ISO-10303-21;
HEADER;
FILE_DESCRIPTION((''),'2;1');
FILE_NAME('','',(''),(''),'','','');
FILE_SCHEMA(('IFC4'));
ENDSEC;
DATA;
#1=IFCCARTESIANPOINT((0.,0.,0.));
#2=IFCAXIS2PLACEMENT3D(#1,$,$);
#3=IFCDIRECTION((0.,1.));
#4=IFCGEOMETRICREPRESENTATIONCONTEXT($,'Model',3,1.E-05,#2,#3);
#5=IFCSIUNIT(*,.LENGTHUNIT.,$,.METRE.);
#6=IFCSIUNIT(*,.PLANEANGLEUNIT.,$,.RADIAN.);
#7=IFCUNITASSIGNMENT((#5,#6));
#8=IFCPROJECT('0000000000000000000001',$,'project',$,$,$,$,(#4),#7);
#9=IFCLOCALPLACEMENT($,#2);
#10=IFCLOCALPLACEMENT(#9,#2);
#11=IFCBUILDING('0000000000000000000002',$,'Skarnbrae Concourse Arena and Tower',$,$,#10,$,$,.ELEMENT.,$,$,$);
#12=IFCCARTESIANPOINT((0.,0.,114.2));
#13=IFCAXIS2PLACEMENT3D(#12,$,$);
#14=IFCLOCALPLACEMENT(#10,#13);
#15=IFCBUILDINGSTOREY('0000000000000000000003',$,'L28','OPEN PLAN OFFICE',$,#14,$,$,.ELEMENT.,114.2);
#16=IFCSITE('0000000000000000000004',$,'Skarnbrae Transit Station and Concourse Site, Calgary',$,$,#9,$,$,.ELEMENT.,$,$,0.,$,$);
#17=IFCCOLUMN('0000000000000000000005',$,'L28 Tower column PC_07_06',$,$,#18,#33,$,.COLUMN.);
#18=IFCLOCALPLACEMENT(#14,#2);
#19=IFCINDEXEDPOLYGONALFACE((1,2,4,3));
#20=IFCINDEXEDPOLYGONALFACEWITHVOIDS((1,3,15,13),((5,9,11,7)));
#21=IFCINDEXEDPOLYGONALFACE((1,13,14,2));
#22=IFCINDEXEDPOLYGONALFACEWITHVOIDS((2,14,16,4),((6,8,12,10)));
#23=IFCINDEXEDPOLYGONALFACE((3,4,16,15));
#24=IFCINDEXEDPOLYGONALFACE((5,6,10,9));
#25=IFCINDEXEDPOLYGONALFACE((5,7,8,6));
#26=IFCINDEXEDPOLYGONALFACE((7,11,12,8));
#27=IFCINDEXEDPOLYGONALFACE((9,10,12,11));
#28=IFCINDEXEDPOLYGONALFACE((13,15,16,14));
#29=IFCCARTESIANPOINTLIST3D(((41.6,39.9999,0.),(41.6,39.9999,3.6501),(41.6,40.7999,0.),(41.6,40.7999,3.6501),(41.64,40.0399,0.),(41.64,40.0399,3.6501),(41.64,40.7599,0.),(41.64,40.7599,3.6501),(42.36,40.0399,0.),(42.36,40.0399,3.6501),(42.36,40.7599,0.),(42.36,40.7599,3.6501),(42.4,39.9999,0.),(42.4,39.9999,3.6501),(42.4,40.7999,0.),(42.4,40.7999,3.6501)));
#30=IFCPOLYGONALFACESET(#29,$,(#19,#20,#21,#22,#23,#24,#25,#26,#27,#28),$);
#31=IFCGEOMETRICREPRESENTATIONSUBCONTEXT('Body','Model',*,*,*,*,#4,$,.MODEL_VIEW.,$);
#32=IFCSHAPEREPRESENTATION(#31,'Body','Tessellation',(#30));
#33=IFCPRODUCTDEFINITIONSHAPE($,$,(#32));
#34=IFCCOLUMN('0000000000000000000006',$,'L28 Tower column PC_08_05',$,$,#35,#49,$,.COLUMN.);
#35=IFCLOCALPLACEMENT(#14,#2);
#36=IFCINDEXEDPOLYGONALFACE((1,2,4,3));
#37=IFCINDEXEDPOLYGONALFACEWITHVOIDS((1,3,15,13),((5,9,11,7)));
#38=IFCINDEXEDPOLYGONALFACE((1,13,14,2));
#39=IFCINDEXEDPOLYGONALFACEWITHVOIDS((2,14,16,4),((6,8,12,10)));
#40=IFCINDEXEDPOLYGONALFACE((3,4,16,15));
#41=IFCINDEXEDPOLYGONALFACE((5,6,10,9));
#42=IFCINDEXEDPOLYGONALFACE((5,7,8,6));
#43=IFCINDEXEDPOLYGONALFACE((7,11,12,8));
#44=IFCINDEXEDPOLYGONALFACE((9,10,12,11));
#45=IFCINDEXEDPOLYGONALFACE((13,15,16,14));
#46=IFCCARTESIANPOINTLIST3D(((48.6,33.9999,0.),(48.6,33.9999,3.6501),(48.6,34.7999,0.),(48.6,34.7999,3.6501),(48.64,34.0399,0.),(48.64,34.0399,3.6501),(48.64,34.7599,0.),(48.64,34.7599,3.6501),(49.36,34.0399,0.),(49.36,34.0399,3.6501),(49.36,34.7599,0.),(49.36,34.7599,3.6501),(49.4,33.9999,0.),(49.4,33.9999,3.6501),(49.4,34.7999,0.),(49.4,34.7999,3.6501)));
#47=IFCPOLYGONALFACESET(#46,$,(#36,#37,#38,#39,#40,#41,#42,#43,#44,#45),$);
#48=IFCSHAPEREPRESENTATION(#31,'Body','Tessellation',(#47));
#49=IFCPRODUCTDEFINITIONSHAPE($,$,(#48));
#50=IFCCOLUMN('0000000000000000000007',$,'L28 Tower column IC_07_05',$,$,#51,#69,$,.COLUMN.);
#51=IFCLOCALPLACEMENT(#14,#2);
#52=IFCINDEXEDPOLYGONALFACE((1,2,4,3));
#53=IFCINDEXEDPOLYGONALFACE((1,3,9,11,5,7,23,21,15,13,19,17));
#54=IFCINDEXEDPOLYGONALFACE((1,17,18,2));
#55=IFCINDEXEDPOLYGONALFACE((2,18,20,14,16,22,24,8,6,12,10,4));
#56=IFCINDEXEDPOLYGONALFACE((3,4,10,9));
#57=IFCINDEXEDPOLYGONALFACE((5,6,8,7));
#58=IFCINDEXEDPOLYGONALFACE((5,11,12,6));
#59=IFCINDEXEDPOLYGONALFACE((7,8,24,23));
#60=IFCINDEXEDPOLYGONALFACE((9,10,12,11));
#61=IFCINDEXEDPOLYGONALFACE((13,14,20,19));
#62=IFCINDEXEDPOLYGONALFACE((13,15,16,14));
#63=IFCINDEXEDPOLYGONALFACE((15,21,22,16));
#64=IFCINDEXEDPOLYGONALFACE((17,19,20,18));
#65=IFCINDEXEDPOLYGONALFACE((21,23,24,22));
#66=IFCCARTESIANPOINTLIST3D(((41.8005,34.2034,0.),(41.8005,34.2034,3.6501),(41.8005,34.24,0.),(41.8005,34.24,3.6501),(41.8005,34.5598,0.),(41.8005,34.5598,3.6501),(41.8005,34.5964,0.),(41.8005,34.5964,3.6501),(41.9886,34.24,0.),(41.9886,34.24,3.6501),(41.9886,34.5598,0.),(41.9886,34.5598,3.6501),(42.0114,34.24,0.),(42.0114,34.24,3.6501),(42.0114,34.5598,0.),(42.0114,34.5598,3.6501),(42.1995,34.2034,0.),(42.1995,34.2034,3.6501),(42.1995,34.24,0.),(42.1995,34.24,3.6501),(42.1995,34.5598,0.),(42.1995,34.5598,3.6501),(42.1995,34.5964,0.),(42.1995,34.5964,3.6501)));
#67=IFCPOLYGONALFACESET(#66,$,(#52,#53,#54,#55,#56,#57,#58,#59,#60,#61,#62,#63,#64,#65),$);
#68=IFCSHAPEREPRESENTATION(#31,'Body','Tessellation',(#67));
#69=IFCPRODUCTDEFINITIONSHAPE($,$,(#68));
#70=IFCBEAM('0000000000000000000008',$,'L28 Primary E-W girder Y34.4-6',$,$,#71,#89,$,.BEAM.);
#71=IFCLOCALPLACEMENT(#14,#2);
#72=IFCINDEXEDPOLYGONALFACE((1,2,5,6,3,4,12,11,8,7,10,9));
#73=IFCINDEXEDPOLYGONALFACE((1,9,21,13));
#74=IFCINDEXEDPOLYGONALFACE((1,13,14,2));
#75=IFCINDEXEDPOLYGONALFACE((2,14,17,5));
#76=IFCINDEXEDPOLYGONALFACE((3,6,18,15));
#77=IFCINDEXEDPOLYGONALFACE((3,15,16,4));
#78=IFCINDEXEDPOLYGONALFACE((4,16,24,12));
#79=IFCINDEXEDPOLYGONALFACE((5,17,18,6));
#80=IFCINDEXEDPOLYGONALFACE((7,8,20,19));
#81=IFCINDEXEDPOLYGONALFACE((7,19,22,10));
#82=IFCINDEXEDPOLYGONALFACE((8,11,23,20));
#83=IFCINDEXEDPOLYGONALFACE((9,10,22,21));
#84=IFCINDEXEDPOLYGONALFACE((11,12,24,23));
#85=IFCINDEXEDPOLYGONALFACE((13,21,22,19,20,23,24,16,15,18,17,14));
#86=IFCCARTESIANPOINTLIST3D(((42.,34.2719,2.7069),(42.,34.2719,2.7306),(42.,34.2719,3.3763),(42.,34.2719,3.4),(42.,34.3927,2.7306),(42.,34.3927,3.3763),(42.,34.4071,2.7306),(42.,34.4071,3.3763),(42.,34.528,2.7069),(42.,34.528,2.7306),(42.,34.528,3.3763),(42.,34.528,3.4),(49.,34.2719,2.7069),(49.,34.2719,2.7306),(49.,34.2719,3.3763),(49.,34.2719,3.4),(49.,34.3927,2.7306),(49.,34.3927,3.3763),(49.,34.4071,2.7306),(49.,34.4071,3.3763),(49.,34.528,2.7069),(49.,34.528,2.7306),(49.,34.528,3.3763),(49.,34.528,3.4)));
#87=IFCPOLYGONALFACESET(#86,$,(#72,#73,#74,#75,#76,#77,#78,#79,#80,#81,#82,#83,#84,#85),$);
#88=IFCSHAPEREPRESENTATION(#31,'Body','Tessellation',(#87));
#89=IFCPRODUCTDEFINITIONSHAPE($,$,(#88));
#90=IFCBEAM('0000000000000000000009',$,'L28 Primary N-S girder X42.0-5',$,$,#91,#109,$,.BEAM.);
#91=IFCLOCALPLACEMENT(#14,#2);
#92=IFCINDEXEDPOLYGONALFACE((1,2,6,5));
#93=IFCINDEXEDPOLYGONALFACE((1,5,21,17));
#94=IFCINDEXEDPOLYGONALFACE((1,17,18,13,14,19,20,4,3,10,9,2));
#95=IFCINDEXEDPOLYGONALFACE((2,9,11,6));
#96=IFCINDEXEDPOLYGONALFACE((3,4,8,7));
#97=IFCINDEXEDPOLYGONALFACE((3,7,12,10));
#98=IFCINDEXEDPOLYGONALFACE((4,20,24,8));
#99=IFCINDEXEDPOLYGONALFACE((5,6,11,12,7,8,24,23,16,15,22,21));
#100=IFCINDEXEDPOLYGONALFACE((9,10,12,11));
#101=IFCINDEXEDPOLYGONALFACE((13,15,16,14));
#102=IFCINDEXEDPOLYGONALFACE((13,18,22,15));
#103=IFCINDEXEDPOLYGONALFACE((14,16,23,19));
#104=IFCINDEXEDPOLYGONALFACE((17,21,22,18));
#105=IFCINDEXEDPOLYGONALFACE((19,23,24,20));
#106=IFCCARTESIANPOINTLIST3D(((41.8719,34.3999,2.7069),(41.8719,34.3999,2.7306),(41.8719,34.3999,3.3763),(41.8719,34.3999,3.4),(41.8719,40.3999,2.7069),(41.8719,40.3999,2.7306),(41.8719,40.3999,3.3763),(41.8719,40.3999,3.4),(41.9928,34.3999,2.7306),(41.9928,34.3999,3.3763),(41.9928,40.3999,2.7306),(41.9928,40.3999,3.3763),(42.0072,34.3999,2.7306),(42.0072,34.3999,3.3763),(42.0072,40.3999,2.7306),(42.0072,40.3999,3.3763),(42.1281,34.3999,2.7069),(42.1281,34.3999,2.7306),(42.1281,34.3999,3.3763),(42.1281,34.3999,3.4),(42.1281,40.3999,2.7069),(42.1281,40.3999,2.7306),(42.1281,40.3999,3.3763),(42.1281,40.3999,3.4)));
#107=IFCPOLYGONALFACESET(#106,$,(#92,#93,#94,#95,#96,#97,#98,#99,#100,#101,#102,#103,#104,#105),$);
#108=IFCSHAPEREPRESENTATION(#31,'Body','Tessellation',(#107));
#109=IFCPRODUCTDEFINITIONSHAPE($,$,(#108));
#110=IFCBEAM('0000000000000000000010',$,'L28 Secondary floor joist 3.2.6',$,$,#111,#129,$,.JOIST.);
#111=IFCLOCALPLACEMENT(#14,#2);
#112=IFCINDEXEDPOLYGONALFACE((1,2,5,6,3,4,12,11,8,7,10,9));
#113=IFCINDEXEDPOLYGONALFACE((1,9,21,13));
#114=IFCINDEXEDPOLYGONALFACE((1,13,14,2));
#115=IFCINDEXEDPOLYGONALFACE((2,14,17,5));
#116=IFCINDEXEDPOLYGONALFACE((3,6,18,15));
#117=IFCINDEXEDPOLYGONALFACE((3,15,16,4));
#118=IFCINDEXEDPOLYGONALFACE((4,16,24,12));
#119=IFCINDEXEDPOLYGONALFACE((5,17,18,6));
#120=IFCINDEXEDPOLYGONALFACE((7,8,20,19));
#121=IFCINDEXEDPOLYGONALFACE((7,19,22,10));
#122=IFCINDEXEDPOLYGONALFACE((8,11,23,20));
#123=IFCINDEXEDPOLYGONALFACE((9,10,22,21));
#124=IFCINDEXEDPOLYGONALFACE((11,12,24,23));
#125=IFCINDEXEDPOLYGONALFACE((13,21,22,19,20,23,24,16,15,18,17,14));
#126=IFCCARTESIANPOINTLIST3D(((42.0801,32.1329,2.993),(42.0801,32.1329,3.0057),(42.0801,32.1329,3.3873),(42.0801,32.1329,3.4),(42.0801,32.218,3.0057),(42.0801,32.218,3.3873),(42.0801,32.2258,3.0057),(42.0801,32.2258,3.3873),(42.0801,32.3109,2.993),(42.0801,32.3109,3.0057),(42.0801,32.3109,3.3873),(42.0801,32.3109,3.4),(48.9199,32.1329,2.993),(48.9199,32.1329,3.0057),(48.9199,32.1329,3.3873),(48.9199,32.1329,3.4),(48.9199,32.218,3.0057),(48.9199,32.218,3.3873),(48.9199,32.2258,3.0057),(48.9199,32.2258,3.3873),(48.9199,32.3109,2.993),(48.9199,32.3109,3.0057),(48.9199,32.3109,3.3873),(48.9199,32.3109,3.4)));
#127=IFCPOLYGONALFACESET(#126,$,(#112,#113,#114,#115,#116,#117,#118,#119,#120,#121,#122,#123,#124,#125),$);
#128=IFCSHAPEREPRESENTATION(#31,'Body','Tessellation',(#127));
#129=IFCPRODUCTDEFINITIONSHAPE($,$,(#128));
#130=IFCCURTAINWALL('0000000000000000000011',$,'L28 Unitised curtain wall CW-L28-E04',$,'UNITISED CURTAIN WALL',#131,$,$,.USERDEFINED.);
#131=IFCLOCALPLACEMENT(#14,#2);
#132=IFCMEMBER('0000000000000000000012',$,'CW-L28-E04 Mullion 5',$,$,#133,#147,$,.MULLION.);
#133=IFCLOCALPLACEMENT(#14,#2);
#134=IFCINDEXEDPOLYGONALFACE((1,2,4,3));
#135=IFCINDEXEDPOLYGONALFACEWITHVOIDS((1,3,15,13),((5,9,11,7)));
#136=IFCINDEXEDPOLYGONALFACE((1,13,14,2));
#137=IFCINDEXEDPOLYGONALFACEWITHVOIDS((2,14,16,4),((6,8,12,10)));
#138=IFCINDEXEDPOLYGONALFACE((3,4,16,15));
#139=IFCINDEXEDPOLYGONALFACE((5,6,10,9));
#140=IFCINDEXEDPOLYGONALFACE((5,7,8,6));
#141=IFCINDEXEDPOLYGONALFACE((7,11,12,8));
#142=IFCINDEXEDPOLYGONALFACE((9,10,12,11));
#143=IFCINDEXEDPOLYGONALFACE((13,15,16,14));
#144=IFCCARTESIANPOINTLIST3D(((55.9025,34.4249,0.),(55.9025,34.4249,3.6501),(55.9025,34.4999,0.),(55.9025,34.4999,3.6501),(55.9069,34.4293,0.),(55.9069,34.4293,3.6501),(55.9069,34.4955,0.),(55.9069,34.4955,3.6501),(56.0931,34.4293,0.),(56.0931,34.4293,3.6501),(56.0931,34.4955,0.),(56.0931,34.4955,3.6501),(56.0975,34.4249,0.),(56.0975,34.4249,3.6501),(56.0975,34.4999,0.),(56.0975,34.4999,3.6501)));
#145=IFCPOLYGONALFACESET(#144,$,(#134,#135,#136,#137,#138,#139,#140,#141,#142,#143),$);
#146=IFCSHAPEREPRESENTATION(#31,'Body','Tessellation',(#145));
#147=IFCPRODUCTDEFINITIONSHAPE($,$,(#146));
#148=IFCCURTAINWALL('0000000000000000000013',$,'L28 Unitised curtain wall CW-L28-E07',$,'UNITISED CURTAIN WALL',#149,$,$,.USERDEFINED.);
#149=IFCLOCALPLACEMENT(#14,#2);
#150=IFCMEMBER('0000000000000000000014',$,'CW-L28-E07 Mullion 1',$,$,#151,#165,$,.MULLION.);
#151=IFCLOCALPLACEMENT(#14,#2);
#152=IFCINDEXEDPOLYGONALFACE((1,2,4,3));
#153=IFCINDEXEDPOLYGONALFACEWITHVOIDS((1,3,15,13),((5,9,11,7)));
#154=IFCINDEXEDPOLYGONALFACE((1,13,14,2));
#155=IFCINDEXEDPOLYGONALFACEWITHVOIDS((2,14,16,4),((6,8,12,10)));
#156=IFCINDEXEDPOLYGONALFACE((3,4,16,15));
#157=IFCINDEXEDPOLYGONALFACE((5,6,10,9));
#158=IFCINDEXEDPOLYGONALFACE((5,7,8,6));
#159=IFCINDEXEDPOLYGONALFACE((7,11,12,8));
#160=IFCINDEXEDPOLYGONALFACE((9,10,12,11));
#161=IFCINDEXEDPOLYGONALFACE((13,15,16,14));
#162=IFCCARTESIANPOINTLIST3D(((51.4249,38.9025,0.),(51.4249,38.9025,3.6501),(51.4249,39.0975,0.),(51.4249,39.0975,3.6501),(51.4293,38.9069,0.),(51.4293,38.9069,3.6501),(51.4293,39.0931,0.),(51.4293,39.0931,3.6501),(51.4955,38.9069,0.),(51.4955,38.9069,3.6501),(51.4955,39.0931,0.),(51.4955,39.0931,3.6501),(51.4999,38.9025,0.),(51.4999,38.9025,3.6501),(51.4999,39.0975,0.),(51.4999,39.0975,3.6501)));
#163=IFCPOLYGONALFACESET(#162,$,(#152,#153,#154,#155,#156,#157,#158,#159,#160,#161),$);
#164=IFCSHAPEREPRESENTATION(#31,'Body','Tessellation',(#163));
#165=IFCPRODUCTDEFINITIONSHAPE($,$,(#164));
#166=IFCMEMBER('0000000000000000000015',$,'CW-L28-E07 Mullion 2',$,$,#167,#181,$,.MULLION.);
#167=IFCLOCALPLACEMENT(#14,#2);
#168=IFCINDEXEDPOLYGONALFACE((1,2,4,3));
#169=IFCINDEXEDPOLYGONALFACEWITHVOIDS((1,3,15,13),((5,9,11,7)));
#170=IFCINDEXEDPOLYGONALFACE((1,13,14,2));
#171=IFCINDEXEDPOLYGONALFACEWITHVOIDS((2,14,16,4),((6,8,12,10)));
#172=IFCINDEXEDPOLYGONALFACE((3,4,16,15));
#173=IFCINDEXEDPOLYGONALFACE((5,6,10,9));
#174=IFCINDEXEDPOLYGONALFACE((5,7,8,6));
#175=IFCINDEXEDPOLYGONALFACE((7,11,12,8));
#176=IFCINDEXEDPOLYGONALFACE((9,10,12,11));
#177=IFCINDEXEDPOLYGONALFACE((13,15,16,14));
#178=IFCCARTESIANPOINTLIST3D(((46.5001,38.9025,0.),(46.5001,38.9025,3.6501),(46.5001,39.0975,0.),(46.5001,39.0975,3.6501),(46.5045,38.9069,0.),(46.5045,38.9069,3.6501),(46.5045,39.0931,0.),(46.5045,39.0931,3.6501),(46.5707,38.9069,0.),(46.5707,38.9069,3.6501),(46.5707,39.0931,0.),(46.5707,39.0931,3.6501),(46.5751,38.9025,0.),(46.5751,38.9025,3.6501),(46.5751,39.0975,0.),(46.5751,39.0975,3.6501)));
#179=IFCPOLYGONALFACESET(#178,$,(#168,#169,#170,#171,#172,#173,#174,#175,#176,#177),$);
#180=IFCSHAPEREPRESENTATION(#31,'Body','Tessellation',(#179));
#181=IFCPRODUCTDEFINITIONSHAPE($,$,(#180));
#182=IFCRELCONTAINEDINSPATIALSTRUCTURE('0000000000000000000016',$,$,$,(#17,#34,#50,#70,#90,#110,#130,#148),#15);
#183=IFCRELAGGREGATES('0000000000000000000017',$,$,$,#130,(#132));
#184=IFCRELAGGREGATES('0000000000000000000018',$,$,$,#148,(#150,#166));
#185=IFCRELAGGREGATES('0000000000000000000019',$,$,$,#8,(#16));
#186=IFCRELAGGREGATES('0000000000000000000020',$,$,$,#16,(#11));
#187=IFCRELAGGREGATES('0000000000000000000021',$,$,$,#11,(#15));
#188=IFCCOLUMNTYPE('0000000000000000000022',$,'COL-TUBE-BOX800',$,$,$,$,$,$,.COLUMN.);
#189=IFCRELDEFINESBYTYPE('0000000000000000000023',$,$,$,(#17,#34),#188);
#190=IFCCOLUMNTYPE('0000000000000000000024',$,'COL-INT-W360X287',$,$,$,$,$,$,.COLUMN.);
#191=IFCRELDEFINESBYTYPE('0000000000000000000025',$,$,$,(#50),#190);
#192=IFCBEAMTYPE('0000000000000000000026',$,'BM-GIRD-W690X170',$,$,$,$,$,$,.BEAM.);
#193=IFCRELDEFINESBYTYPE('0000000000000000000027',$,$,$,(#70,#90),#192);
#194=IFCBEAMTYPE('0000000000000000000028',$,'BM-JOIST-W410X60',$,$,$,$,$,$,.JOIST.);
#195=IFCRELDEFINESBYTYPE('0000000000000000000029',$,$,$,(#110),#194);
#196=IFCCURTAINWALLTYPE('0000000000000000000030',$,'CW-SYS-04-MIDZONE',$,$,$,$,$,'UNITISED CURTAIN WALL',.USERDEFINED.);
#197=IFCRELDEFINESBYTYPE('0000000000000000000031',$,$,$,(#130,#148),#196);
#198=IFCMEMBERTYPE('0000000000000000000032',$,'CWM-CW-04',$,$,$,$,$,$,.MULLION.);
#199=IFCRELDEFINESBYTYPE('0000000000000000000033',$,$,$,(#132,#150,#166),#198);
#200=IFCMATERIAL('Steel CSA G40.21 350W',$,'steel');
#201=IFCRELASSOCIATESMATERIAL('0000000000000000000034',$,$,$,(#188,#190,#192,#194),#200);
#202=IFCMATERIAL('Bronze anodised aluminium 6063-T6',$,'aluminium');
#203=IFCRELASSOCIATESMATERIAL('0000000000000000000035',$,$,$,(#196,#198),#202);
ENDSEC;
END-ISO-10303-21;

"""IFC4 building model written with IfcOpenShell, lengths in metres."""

from ifc_helpers import new_model, si_unit, direction, frame, origin, origin_2d, place, context, subcontext, project, spatial, hollow_rectangle, i_section, extrude, source, transform, mapped, material, material_profile, profile_set, type_object, element, aggregate, save


model = new_model("IFC4")

# Units and contexts
model_context = context("Model", 3, precision=1e-05, world=origin(), true_north=direction((0.0, 1.0)))
body_context = subcontext(model_context, "Body", "Model", "MODEL_VIEW")
ifc_project = project(units=[si_unit("LENGTHUNIT", "METRE"), si_unit("PLANEANGLEUNIT", "RADIAN")], contexts=[model_context])

# Site, building, storey
site_placement = place(None, origin())
site = spatial("IfcSite", under=ifc_project, at=site_placement, Name="Skarnbrae Transit Station and Concourse Site, Calgary", CompositionType="ELEMENT", RefElevation=0.0)
building_placement = place(site_placement, origin())
building = spatial("IfcBuilding", under=site, at=building_placement, Name="Skarnbrae Concourse Arena and Tower", CompositionType="ELEMENT")
storey_placement = place(building_placement, frame((0.0, 0.0, 114.2)))
storey = spatial("IfcBuildingStorey", under=building, at=storey_placement, Name="L28", Description="OPEN PLAN OFFICE", CompositionType="ELEMENT", Elevation=114.2)

# Columns
ifc_material_1 = material(Name="Steel CSA G40.21 350W", Category="steel")
ifc_material_profile_1 = material_profile(ifc_material_1, hollow_rectangle(XDim=0.8, YDim=0.8, WallThickness=0.04, at=origin_2d()), Name="BOX800X800X40")
ifc_profile_set_1 = profile_set([ifc_material_profile_1], Name="Steel CSA G40.21 350W")
column_type_1 = type_object("IfcColumnType", Name="COL-TUBE-BOX800", PredefinedType="COLUMN", material=ifc_profile_set_1)
shared_shape_1 = source(origin(), body_context, "Body", "SweptSolid", [
    extrude(hollow_rectangle(XDim=0.8, YDim=0.8, WallThickness=0.04, at=origin_2d()), origin(), (0.0, 0.0, 1.0), 3.6501),
])
for number, where, z_axis, x_axis, name in (
    (1, (42.0, 40.3999, 0.0), (0.0, 0.0, 1.0), (1.0, 0.0, 0.0), "L28 Tower column PC_07_06"),
    (2, (49.0, 34.3999, 0.0), (0.0, 0.0, 1.0), (1.0, 0.0, 0.0), "L28 Tower column PC_08_05"),
):
    element("IfcColumn", number, at=place(storey_placement, frame(where, z_axis=z_axis, x_axis=x_axis)), inside=storey, type_object=column_type_1, Name=name, PredefinedType="COLUMN", context=body_context, shape_type="MappedRepresentation", body=[
        mapped(shared_shape_1, transform((0.0, 0.0, 0.0))),
    ])
ifc_material_profile_2 = material_profile(ifc_material_1, i_section(OverallWidth=0.3989, OverallDepth=0.3931, WebThickness=0.0227, FlangeThickness=0.0366, at=origin_2d()), Name="W360X287")
ifc_profile_set_2 = profile_set([ifc_material_profile_2], Name="Steel CSA G40.21 350W")
column_type_2 = type_object("IfcColumnType", Name="COL-INT-W360X287", PredefinedType="COLUMN", material=ifc_profile_set_2)
shared_shape_2 = source(origin(), body_context, "Body", "SweptSolid", [
    extrude(i_section(OverallWidth=0.3989, OverallDepth=0.3931, WebThickness=0.0227, FlangeThickness=0.0366, at=origin_2d()), origin(), (0.0, 0.0, 1.0), 3.6501),
])
column_placement = place(storey_placement, frame((42.0, 34.3999, 0.0), z_axis=(0.0, 0.0, 1.0), x_axis=(1.0, 0.0, 0.0)))
element("IfcColumn", 3, at=column_placement, inside=storey, type_object=column_type_2, Name="L28 Tower column IC_07_05", PredefinedType="COLUMN", context=body_context, shape_type="MappedRepresentation", body=[
    mapped(shared_shape_2, transform((0.0, 0.0, 0.0))),
])

# Beams
ifc_material_profile_3 = material_profile(ifc_material_1, i_section(OverallWidth=0.2561, OverallDepth=0.6931, WebThickness=0.0144, FlangeThickness=0.0237, at=origin_2d()), Name="W690X170")
ifc_profile_set_3 = profile_set([ifc_material_profile_3], Name="Steel CSA G40.21 350W")
beam_type_1 = type_object("IfcBeamType", Name="BM-GIRD-W690X170", PredefinedType="BEAM", material=ifc_profile_set_3)
shared_shape_3 = source(origin(), body_context, "Body", "SweptSolid", [
    extrude(i_section(OverallWidth=0.2561, OverallDepth=0.6931, WebThickness=0.0144, FlangeThickness=0.0237, at=origin_2d()), origin(), (0.0, 0.0, 1.0), 7.0),
])
beam_1_placement = place(storey_placement, frame((42.0, 34.3999, 3.0535), z_axis=(1.0, 0.0, 0.0), x_axis=(0.0, 1.0, 0.0)))
element("IfcBeam", 4, at=beam_1_placement, inside=storey, type_object=beam_type_1, Name="L28 Primary E-W girder Y34.4-6", PredefinedType="BEAM", context=body_context, shape_type="MappedRepresentation", body=[
    mapped(shared_shape_3, transform((0.0, 0.0, 0.0))),
])
shared_shape_4 = source(origin(), body_context, "Body", "SweptSolid", [
    extrude(i_section(OverallWidth=0.2561, OverallDepth=0.6931, WebThickness=0.0144, FlangeThickness=0.0237, at=origin_2d()), origin(), (0.0, 0.0, 1.0), 6.0),
])
beam_2_placement = place(storey_placement, frame((42.0, 34.3999, 3.0535), z_axis=(0.0, 1.0, 0.0), x_axis=(-1.0, 0.0, 0.0)))
element("IfcBeam", 5, at=beam_2_placement, inside=storey, type_object=beam_type_1, Name="L28 Primary N-S girder X42.0-5", PredefinedType="BEAM", context=body_context, shape_type="MappedRepresentation", body=[
    mapped(shared_shape_4, transform((0.0, 0.0, 0.0))),
])
ifc_material_profile_4 = material_profile(ifc_material_1, i_section(OverallWidth=0.178, OverallDepth=0.407, WebThickness=0.0078, FlangeThickness=0.0127, at=origin_2d()), Name="W410X60")
ifc_profile_set_4 = profile_set([ifc_material_profile_4], Name="Steel CSA G40.21 350W")
beam_type_2 = type_object("IfcBeamType", Name="BM-JOIST-W410X60", PredefinedType="JOIST", material=ifc_profile_set_4)
shared_shape_5 = source(origin(), body_context, "Body", "SweptSolid", [
    extrude(i_section(OverallWidth=0.178, OverallDepth=0.407, WebThickness=0.0078, FlangeThickness=0.0127, at=origin_2d()), origin(), (0.0, 0.0, 1.0), 6.8398),
])
beam_3_placement = place(storey_placement, frame((42.0801, 32.2219, 3.1965), z_axis=(1.0, 0.0, 0.0), x_axis=(0.0, 1.0, 0.0)))
element("IfcBeam", 6, at=beam_3_placement, inside=storey, type_object=beam_type_2, Name="L28 Secondary floor joist 3.2.6", PredefinedType="JOIST", context=body_context, shape_type="MappedRepresentation", body=[
    mapped(shared_shape_5, transform((0.0, 0.0, 0.0))),
])

# Curtain wall, member
ifc_material_2 = material(Name="Bronze anodised aluminium 6063-T6", Category="aluminium")
curtain_wall_type = type_object("IfcCurtainWallType", Name="CW-SYS-04-MIDZONE", ElementType="UNITISED CURTAIN WALL", PredefinedType="USERDEFINED", material=ifc_material_2)
curtain_wall_1_placement = place(storey_placement, origin())
curtain_wall_1 = element("IfcCurtainWall", 7, at=curtain_wall_1_placement, inside=storey, type_object=curtain_wall_type, Name="L28 Unitised curtain wall CW-L28-E04", ObjectType="UNITISED CURTAIN WALL", PredefinedType="USERDEFINED")
ifc_material_profile_5 = material_profile(ifc_material_2, hollow_rectangle(XDim=0.075, YDim=0.1951, WallThickness=0.0044, at=origin_2d()), Name="ALU-MULL-75X195")
ifc_profile_set_5 = profile_set([ifc_material_profile_5], Name="Bronze anodised aluminium 6063-T6")
member_type_1 = type_object("IfcMemberType", Name="CWM-CW-04", PredefinedType="MULLION", material=ifc_profile_set_5)
shared_shape_6 = source(origin(), body_context, "Body", "SweptSolid", [
    extrude(hollow_rectangle(XDim=0.075, YDim=0.1951, WallThickness=0.0044, at=origin_2d()), origin(), (0.0, 0.0, 1.0), 3.6501),
])
member_1_placement = place(storey_placement, frame((56.0, 34.4624, 0.0), z_axis=(0.0, 0.0, 1.0), x_axis=(0.0, 1.0, 0.0)))
member_1 = element("IfcMember", 8, at=member_1_placement, type_object=member_type_1, Name="CW-L28-E04 Mullion 5", PredefinedType="MULLION", context=body_context, shape_type="MappedRepresentation", body=[
    mapped(shared_shape_6, transform((0.0, 0.0, 0.0))),
])
aggregate(curtain_wall_1, [member_1])

# Curtain wall, members
curtain_wall_2_placement = place(storey_placement, origin())
curtain_wall_2 = element("IfcCurtainWall", 9, at=curtain_wall_2_placement, inside=storey, type_object=curtain_wall_type, Name="L28 Unitised curtain wall CW-L28-E07", ObjectType="UNITISED CURTAIN WALL", PredefinedType="USERDEFINED")
member_2_placement = place(storey_placement, frame((51.4624, 39.0, 0.0), z_axis=(0.0, 0.0, 1.0), x_axis=(-1.0, 0.0, 0.0)))
member_2 = element("IfcMember", 10, at=member_2_placement, type_object=member_type_1, Name="CW-L28-E07 Mullion 1", PredefinedType="MULLION", context=body_context, shape_type="MappedRepresentation", body=[
    mapped(shared_shape_6, transform((0.0, 0.0, 0.0))),
])
member_3_placement = place(storey_placement, frame((46.5376, 39.0, 0.0), z_axis=(0.0, 0.0, 1.0), x_axis=(-1.0, 0.0, 0.0)))
member_3 = element("IfcMember", 11, at=member_3_placement, type_object=member_type_1, Name="CW-L28-E07 Mullion 2", PredefinedType="MULLION", context=body_context, shape_type="MappedRepresentation", body=[
    mapped(shared_shape_6, transform((0.0, 0.0, 0.0))),
])

aggregate(curtain_wall_2, [member_2, member_3])

save(model, "model.ifc")
